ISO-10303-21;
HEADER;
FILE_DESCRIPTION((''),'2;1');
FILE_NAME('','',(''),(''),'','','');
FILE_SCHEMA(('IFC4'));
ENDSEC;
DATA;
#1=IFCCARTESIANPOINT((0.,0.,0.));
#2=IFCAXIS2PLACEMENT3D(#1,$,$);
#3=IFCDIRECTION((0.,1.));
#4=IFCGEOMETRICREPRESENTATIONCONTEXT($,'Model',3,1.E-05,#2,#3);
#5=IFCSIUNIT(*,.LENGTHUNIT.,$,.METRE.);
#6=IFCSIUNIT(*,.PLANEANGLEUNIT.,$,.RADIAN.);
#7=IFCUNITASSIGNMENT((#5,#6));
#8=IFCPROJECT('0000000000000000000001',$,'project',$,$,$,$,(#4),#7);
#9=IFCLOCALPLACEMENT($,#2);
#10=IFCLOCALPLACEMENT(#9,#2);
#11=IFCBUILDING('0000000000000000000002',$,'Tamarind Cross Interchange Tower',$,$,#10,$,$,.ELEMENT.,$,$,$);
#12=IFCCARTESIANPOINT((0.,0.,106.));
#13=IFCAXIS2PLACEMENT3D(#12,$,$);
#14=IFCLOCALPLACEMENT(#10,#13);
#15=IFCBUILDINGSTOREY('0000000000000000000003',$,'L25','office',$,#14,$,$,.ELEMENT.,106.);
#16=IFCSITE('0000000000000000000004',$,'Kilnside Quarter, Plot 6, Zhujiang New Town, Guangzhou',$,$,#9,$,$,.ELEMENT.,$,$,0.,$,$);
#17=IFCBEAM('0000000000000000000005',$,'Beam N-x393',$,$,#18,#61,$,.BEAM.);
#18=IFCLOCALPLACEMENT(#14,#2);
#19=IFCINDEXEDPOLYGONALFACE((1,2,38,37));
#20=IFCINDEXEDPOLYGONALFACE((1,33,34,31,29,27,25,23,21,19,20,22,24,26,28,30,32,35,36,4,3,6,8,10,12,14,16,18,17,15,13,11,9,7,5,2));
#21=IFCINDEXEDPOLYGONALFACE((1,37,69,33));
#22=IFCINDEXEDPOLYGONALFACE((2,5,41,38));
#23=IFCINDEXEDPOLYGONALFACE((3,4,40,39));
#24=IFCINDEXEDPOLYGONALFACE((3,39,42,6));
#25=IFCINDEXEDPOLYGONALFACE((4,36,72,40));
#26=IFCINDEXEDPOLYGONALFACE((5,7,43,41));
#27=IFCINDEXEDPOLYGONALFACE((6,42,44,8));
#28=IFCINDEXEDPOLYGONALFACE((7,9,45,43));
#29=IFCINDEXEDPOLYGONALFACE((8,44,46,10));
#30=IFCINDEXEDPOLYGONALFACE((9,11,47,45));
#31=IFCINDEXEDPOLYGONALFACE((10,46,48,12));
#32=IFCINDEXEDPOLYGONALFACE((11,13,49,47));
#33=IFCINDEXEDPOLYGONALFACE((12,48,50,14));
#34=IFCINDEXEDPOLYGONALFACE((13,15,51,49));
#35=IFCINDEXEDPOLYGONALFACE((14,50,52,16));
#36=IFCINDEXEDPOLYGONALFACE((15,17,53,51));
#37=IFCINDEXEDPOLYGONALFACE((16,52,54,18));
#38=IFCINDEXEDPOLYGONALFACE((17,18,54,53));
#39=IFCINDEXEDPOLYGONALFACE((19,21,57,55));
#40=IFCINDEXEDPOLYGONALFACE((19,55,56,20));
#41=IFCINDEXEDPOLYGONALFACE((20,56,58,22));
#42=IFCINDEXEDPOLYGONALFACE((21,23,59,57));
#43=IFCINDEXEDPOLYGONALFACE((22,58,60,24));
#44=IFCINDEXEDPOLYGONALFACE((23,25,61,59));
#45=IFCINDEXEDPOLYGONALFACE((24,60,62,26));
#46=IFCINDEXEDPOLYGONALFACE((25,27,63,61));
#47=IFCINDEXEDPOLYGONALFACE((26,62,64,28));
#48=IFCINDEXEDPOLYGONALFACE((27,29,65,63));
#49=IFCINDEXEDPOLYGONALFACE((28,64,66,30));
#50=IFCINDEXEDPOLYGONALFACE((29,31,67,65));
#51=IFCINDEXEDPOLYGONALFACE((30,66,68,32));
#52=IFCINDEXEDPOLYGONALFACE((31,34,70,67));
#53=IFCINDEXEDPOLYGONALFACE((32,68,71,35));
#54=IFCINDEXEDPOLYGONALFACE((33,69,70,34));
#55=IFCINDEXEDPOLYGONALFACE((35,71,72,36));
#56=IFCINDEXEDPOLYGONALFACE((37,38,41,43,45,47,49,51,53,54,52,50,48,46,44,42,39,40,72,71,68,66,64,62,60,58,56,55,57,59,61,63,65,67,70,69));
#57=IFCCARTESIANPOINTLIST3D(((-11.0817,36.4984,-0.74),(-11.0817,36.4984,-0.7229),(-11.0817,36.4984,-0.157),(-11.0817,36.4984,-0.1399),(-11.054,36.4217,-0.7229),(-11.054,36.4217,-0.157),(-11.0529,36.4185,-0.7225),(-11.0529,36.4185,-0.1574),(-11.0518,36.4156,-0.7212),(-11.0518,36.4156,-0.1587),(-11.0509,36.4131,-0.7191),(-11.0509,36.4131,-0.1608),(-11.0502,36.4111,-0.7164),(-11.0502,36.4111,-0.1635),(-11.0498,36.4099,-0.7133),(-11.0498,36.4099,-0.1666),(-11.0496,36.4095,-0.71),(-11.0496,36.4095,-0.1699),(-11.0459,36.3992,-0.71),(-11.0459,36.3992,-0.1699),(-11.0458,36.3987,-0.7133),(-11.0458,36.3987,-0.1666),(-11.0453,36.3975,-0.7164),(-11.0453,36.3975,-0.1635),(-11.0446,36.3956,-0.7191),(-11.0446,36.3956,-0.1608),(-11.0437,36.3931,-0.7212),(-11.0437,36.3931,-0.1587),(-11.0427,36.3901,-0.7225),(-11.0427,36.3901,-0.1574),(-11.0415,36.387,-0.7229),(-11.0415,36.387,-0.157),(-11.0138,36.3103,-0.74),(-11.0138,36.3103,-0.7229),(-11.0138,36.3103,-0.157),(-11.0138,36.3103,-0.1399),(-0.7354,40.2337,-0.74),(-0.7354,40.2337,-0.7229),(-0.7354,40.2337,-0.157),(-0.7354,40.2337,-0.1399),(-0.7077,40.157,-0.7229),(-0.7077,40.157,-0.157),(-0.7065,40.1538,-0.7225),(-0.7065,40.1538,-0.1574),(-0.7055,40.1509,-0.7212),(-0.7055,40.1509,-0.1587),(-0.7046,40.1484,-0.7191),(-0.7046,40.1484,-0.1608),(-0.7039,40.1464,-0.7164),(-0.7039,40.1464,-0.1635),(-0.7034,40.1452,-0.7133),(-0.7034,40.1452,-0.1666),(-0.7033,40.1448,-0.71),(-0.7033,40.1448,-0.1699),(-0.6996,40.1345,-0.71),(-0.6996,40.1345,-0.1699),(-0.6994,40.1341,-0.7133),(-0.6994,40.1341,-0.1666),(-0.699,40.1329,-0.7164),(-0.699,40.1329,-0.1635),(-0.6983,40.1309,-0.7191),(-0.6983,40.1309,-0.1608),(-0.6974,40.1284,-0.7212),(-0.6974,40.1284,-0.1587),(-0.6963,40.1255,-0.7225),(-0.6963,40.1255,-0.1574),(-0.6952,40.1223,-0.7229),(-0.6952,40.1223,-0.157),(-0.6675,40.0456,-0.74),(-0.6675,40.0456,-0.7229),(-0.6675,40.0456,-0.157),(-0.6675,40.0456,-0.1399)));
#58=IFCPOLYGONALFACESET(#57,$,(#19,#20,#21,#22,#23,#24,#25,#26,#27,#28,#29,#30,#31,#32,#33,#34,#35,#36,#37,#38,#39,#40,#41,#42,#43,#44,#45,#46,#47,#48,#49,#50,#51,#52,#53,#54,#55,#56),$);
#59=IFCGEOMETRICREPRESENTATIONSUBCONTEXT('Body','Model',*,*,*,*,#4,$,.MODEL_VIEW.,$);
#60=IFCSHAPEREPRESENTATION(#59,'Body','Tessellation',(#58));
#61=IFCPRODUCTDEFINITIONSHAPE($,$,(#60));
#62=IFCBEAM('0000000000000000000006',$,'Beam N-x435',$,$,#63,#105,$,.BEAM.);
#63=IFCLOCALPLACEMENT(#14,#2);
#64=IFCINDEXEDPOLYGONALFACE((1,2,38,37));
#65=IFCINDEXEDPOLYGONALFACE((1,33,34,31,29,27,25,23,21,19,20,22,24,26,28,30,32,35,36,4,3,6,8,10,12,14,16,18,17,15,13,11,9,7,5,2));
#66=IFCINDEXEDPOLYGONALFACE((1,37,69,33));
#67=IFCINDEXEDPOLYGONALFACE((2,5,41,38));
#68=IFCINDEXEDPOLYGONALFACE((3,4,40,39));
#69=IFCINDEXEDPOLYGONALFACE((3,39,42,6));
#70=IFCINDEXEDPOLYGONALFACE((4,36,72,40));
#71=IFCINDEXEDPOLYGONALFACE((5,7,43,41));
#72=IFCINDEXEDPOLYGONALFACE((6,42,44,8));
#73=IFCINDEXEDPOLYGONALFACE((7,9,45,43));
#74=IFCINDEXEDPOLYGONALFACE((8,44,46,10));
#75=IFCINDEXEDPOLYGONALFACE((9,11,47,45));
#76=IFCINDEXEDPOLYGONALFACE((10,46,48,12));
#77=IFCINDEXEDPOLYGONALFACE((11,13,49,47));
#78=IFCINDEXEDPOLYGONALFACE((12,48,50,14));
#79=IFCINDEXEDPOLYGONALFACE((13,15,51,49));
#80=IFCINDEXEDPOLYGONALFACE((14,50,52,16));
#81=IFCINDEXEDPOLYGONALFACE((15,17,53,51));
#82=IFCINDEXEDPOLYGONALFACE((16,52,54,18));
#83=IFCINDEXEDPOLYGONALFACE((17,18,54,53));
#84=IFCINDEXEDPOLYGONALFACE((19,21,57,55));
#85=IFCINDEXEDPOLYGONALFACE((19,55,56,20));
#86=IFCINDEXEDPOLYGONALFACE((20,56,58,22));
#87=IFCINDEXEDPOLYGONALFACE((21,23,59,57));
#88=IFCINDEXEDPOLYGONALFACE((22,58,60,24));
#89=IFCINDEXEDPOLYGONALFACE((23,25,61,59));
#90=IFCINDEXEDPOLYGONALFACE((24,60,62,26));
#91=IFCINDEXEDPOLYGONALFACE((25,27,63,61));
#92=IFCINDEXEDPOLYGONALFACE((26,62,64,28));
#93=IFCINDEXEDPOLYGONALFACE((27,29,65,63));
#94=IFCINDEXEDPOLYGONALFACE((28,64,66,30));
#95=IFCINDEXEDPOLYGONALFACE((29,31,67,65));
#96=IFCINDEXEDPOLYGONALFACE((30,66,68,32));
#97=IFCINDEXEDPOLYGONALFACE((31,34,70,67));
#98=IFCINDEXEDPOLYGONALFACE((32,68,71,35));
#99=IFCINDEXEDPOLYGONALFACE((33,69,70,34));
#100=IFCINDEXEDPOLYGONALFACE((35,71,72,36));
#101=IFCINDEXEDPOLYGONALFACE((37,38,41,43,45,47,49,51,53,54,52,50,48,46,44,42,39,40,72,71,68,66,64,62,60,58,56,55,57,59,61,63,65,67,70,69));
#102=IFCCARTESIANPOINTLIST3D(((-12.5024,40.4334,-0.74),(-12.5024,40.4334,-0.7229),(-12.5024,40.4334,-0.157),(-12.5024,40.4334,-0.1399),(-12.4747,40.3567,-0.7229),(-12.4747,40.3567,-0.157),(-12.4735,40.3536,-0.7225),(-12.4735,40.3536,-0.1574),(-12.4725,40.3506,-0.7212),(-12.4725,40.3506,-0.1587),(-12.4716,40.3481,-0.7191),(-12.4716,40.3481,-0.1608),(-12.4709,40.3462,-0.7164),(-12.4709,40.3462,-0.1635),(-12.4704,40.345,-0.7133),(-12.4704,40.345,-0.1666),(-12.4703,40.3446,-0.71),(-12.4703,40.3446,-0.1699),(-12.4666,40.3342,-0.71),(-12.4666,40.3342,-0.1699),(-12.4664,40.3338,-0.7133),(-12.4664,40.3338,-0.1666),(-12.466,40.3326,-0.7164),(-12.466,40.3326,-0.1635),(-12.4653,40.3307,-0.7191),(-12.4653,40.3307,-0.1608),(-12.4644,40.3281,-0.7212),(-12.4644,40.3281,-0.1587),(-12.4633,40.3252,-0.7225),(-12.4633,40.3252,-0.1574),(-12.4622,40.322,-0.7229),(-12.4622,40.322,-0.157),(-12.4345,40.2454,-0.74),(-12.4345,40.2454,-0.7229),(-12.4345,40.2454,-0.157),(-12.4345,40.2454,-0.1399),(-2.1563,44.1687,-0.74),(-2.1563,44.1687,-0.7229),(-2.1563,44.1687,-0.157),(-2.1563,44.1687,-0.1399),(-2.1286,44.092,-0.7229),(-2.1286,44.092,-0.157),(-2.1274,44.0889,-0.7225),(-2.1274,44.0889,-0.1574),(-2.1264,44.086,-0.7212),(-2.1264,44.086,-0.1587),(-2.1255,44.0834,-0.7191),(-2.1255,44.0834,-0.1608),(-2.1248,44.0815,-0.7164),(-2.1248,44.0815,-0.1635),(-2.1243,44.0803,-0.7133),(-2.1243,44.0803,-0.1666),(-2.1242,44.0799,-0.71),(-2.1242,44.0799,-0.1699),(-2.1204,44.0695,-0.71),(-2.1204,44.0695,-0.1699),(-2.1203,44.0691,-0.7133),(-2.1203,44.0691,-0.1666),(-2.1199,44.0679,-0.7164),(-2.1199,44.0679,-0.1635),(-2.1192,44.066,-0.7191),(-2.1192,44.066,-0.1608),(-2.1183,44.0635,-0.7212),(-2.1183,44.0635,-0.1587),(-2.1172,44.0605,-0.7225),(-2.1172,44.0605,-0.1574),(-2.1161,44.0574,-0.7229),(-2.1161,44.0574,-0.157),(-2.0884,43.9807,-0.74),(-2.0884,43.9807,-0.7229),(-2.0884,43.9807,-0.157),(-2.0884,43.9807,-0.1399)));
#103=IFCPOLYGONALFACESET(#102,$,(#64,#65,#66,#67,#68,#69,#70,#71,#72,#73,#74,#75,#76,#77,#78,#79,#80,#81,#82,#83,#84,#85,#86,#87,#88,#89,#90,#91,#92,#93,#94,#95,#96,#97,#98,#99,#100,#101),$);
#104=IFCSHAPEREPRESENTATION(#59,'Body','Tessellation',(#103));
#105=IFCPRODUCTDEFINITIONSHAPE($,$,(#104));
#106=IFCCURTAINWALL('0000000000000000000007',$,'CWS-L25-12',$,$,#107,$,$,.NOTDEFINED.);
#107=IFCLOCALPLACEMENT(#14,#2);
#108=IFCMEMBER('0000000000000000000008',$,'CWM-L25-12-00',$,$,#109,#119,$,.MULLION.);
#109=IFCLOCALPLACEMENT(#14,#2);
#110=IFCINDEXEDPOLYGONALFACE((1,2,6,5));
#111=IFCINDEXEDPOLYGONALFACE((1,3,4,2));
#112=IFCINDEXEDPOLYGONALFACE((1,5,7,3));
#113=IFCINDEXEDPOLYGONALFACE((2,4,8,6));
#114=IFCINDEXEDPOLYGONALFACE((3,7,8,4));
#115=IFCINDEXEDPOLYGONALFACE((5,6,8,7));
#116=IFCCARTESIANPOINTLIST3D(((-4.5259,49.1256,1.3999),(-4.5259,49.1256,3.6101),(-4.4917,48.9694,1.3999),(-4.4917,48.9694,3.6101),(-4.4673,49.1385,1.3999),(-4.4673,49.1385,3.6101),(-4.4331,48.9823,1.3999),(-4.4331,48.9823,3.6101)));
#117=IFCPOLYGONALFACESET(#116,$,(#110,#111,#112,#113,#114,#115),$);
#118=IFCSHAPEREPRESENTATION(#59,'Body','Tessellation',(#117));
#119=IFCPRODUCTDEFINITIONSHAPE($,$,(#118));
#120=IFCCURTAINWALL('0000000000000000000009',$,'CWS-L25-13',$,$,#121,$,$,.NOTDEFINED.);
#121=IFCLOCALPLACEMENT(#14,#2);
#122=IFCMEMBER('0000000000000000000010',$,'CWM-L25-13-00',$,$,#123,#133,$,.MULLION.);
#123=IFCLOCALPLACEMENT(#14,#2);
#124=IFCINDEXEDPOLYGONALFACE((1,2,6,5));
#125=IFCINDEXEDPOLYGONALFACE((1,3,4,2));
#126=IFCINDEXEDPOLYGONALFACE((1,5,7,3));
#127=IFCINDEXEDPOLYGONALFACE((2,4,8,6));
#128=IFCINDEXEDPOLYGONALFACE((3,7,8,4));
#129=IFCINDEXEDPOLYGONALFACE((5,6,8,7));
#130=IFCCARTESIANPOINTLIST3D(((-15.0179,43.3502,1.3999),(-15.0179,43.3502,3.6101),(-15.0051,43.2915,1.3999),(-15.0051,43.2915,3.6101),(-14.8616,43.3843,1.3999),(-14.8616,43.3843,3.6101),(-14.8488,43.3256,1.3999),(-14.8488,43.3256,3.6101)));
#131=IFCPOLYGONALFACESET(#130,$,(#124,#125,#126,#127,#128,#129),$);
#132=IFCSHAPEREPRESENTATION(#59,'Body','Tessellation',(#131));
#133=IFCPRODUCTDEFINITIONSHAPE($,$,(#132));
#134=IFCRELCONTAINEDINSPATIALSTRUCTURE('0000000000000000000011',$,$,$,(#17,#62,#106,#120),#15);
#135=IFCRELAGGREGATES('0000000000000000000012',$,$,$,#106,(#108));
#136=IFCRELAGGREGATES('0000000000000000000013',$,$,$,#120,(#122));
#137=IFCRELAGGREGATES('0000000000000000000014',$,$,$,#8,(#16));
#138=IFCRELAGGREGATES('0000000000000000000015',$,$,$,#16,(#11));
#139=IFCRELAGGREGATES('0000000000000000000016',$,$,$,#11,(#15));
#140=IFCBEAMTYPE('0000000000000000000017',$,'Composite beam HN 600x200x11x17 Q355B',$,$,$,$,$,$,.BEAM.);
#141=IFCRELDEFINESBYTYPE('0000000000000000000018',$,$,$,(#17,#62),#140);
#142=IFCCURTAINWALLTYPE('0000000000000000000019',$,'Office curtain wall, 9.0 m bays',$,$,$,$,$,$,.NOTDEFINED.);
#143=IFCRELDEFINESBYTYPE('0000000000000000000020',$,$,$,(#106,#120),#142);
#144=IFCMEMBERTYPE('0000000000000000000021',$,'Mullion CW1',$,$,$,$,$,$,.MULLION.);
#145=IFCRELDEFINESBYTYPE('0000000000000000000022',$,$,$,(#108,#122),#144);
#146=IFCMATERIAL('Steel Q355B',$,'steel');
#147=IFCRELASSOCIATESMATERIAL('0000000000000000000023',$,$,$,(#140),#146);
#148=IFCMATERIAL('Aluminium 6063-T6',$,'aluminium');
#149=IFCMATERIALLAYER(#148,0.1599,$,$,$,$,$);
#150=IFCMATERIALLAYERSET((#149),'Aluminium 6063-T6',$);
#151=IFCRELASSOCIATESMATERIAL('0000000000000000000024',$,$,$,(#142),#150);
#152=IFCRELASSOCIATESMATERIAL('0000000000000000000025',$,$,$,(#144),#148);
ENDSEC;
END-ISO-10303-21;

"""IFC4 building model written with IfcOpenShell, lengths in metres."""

from ifc_helpers import new_model, si_unit, direction, frame, origin, origin_2d, place, context, subcontext, project, spatial, rectangle, i_section, extrude, material, layer, layer_set, material_profile, profile_set, type_object, element, aggregate, save


model = new_model("IFC4")

# Units and contexts
model_context = context("Model", 3, precision=1e-05, world=origin(), true_north=direction((0.0, 1.0)))
body_context = subcontext(model_context, "Body", "Model", "MODEL_VIEW")
ifc_project = project(units=[si_unit("LENGTHUNIT", "METRE"), si_unit("PLANEANGLEUNIT", "RADIAN")], contexts=[model_context])

# Site, building, storey
site_placement = place(None, origin())
site = spatial("IfcSite", under=ifc_project, at=site_placement, Name="Kilnside Quarter, Plot 6, Zhujiang New Town, Guangzhou", CompositionType="ELEMENT", RefElevation=0.0)
building_placement = place(site_placement, origin())
building = spatial("IfcBuilding", under=site, at=building_placement, Name="Tamarind Cross Interchange Tower", CompositionType="ELEMENT")
storey_placement = place(building_placement, frame((0.0, 0.0, 106.0)))
storey = spatial("IfcBuildingStorey", under=building, at=storey_placement, Name="L25", Description="office", CompositionType="ELEMENT", Elevation=106.0)

# Beams
ifc_material_1 = material(Name="Steel Q355B", Category="steel")
ifc_material_profile_1 = material_profile(ifc_material_1, i_section(OverallWidth=0.2, OverallDepth=0.6001, WebThickness=0.011, FlangeThickness=0.0171, FilletRadius=0.0129, at=origin_2d()), Name="HN 600x200x11x17")
ifc_profile_set_1 = profile_set([ifc_material_profile_1], Name="Steel Q355B")
beam_type_1 = type_object("IfcBeamType", Name="Composite beam HN 600x200x11x17 Q355B", PredefinedType="BEAM", material=ifc_profile_set_1)
beam_1_placement = place(storey_placement, frame((-0.7014, 40.1396, -0.4399), z_axis=(-0.940579, -0.339575, 0.0), x_axis=(0.339575, -0.940579, 0.0)))
element("IfcBeam", 1, at=beam_1_placement, inside=storey, type_object=beam_type_1, Name="Beam N-x393", PredefinedType="BEAM", context=body_context, shape_type="SweptSolid", body=[
    extrude(i_section(OverallWidth=0.2, OverallDepth=0.6001, WebThickness=0.011, FlangeThickness=0.0171, FilletRadius=0.0129, at=origin_2d()), origin(), (0.0, 0.0, 1.0), 11.0),
])
beam_2_placement = place(storey_placement, frame((-2.1223, 44.0747, -0.4399), z_axis=(-0.940576, -0.339582, 0.0), x_axis=(0.339582, -0.940576, 0.0)))
element("IfcBeam", 2, at=beam_2_placement, inside=storey, type_object=beam_type_1, Name="Beam N-x435", PredefinedType="BEAM", context=body_context, shape_type="SweptSolid", body=[
    extrude(i_section(OverallWidth=0.2, OverallDepth=0.6001, WebThickness=0.011, FlangeThickness=0.0171, FilletRadius=0.0129, at=origin_2d()), origin(), (0.0, 0.0, 1.0), 10.9998),
])

# Curtain walls, members
ifc_material_2 = material(Name="Aluminium 6063-T6", Category="aluminium")
ifc_layer = layer(ifc_material_2, 0.1599)
ifc_layer_set = layer_set([ifc_layer], Name="Aluminium 6063-T6")
curtain_wall_type = type_object("IfcCurtainWallType", Name="Office curtain wall, 9.0 m bays", PredefinedType="NOTDEFINED", material=ifc_layer_set)
curtain_wall_1_placement = place(storey_placement, origin())
curtain_wall_1 = element("IfcCurtainWall", 3, at=curtain_wall_1_placement, inside=storey, type_object=curtain_wall_type, Name="CWS-L25-12", PredefinedType="NOTDEFINED")
ifc_material_profile_2 = material_profile(ifc_material_2, rectangle(XDim=0.0601, YDim=0.1599, at=origin_2d()), Name="Mullion CW1")
ifc_profile_set_2 = profile_set([ifc_material_profile_2], Name="Aluminium 6063-T6")
member_type = type_object("IfcMemberType", Name="Mullion CW1", PredefinedType="MULLION", material=ifc_profile_set_2)
member_1_placement = place(storey_placement, frame((-4.4795, 49.054, 1.3999), z_axis=(0.0, 0.0, 1.0), x_axis=(-0.976855, -0.213903, 0.0)))
member_1 = element("IfcMember", 4, at=member_1_placement, type_object=member_type, Name="CWM-L25-12-00", PredefinedType="MULLION", context=body_context, shape_type="SweptSolid", body=[
    extrude(rectangle(XDim=0.0601, YDim=0.1599, at=origin_2d()), origin(), (0.0, 0.0, 1.0), 2.2102),
])
aggregate(curtain_wall_1, [member_1])
curtain_wall_2_placement = place(storey_placement, origin())
curtain_wall_2 = element("IfcCurtainWall", 5, at=curtain_wall_2_placement, inside=storey, type_object=curtain_wall_type, Name="CWS-L25-13", PredefinedType="NOTDEFINED")
member_2_placement = place(storey_placement, frame((-14.9333, 43.3379, 1.3999), z_axis=(0.0, 0.0, 1.0), x_axis=(0.213151, -0.977019, 0.0)))
member_2 = element("IfcMember", 6, at=member_2_placement, type_object=member_type, Name="CWM-L25-13-00", PredefinedType="MULLION", context=body_context, shape_type="SweptSolid", body=[
    extrude(rectangle(XDim=0.0601, YDim=0.1599, at=origin_2d()), origin(), (0.0, 0.0, 1.0), 2.2102),
])
aggregate(curtain_wall_2, [member_2])

save(model, "model.ifc")
